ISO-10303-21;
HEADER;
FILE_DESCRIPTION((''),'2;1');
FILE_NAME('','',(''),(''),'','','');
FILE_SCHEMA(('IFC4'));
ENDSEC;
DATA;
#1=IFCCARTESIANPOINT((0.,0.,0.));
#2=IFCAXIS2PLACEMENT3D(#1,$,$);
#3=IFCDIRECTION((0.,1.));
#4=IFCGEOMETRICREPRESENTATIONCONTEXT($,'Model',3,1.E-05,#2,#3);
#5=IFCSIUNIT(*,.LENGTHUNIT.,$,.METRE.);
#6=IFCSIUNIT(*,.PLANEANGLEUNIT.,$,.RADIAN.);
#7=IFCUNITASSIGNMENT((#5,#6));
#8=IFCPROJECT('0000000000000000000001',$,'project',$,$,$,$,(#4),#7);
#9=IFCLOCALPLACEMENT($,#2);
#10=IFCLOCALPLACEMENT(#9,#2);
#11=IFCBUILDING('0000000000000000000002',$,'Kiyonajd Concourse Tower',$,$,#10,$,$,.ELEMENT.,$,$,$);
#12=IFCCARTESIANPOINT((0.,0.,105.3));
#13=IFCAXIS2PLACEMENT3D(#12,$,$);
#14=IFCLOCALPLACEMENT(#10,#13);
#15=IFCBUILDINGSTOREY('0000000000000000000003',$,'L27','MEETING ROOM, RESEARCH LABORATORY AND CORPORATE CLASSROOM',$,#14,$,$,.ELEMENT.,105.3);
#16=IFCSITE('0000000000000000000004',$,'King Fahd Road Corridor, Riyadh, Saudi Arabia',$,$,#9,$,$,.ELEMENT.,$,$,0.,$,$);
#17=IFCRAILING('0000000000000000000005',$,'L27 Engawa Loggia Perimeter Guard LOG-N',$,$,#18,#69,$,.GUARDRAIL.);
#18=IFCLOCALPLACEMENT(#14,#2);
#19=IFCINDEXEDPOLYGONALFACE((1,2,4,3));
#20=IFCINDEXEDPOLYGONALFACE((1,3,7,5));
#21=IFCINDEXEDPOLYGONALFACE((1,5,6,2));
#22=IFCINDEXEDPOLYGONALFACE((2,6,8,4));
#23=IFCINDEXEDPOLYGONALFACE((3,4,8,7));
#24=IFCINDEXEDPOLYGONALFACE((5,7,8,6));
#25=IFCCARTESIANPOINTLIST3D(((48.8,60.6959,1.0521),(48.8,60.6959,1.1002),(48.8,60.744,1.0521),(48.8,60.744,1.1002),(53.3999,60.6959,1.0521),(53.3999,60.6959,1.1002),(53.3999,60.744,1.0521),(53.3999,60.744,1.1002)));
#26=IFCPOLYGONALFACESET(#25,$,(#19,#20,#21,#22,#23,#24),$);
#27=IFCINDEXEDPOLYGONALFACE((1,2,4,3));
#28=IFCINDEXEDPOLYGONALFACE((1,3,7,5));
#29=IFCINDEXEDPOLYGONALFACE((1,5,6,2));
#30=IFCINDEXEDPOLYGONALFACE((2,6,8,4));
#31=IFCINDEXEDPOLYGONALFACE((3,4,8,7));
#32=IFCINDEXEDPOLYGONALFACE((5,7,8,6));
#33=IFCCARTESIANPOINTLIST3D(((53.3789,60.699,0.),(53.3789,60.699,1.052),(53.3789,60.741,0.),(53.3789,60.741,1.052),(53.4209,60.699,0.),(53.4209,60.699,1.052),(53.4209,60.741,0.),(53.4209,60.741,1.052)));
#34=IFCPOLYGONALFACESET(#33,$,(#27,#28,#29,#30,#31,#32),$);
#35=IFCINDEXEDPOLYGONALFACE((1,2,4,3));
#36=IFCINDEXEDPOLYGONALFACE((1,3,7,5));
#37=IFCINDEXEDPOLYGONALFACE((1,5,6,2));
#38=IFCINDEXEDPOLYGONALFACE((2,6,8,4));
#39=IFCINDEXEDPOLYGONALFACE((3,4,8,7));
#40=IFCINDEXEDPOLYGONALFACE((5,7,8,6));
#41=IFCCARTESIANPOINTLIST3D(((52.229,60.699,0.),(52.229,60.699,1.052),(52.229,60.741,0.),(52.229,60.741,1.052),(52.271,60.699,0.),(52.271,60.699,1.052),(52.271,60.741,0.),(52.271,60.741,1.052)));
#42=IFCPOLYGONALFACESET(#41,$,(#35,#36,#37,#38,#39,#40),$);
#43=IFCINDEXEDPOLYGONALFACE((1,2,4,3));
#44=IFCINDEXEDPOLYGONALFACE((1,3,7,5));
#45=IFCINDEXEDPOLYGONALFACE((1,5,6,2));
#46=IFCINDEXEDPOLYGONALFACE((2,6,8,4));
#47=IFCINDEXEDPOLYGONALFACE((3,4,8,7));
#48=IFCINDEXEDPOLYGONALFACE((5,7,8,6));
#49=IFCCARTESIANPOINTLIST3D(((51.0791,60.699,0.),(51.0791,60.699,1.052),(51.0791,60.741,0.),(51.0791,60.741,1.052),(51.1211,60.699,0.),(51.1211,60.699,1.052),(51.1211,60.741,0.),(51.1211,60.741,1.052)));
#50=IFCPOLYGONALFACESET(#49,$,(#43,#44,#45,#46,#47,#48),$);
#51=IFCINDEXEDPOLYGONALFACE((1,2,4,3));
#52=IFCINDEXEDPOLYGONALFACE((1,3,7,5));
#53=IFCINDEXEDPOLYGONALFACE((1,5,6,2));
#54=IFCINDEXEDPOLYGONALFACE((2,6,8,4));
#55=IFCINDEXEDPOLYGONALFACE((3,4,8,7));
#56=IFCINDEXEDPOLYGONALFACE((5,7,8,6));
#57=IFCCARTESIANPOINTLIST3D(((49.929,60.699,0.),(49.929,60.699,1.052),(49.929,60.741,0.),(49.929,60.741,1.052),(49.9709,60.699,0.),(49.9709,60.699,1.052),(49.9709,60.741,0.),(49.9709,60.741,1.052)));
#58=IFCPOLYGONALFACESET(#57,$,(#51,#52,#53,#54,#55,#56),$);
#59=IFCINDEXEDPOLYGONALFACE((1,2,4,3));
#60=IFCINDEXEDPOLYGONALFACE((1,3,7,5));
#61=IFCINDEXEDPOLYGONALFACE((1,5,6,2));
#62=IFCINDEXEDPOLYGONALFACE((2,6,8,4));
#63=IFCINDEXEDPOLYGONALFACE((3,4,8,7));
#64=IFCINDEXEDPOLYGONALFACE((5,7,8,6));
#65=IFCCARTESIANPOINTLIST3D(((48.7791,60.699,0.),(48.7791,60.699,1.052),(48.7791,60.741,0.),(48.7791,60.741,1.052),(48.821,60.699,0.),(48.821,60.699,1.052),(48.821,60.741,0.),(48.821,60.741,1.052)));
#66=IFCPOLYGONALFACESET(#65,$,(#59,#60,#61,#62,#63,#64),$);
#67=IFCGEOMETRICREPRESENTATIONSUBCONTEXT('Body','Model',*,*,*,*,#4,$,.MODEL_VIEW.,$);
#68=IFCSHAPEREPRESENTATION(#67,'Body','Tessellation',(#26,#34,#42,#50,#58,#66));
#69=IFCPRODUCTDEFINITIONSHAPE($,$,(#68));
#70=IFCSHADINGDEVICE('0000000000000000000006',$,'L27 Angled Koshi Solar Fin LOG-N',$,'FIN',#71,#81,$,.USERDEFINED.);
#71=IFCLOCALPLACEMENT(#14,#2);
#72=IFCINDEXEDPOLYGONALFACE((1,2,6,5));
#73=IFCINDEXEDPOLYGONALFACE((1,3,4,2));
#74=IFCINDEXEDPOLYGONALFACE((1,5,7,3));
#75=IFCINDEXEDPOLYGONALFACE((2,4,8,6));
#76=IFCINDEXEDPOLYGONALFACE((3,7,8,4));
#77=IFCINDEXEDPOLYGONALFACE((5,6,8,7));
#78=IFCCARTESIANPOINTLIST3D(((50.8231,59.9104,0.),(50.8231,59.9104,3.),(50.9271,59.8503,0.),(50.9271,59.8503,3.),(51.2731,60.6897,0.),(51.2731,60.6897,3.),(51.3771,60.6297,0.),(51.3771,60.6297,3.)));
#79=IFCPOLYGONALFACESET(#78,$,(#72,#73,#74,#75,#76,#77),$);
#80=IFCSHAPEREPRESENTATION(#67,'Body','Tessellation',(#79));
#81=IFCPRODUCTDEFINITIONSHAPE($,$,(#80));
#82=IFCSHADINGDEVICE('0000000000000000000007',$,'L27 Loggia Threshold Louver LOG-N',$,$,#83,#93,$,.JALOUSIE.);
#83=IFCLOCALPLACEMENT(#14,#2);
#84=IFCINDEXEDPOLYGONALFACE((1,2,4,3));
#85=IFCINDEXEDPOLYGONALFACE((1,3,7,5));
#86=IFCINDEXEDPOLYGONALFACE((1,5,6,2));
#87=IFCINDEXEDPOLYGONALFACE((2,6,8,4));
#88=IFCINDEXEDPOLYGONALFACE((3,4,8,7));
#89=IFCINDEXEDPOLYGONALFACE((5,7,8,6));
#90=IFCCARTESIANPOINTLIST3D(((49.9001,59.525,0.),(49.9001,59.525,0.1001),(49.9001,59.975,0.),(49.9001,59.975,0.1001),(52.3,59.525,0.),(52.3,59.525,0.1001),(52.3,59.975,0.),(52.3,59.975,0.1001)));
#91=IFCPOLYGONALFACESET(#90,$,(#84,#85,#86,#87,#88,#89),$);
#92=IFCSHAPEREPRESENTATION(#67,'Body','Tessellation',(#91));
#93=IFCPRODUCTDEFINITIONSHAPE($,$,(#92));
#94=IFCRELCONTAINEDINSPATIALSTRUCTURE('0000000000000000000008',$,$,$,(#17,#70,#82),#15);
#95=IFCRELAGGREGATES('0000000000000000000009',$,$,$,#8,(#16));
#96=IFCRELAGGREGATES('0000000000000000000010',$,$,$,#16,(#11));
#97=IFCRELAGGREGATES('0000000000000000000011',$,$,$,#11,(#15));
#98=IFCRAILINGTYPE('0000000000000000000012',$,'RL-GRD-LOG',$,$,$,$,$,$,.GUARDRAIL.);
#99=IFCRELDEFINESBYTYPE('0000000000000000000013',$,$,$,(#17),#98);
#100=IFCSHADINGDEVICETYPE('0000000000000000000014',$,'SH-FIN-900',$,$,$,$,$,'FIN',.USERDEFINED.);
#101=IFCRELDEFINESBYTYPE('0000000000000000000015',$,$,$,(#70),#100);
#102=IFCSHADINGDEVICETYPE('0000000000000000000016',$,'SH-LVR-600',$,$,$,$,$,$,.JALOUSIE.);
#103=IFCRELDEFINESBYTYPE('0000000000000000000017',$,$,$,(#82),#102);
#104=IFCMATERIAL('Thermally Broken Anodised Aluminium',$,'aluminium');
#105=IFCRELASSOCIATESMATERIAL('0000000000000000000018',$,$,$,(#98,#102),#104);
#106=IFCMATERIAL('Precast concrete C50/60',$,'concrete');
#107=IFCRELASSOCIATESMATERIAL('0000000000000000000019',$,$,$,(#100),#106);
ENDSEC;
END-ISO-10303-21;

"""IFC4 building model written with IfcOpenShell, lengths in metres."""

from ifc_helpers import new_model, si_unit, direction, frame, origin, origin_2d, place, context, subcontext, project, spatial, rectangle, extrude, material, type_object, element, save


model = new_model("IFC4")

# Units and contexts
model_context = context("Model", 3, precision=1e-05, world=origin(), true_north=direction((0.0, 1.0)))
body_context = subcontext(model_context, "Body", "Model", "MODEL_VIEW")
ifc_project = project(units=[si_unit("LENGTHUNIT", "METRE"), si_unit("PLANEANGLEUNIT", "RADIAN")], contexts=[model_context])

# Site, building, storey
site_placement = place(None, origin())
site = spatial("IfcSite", under=ifc_project, at=site_placement, Name="King Fahd Road Corridor, Riyadh, Saudi Arabia", CompositionType="ELEMENT", RefElevation=0.0)
building_placement = place(site_placement, origin())
building = spatial("IfcBuilding", under=site, at=building_placement, Name="Kiyonajd Concourse Tower", CompositionType="ELEMENT")
storey_placement = place(building_placement, frame((0.0, 0.0, 105.3)))
storey = spatial("IfcBuildingStorey", under=building, at=storey_placement, Name="L27", Description="MEETING ROOM, RESEARCH LABORATORY AND CORPORATE CLASSROOM", CompositionType="ELEMENT", Elevation=105.3)

# Shared definitions
ifc_material_1 = material(Name="Precast concrete C50/60", Category="concrete")

# Shared definitions
ifc_material_2 = material(Name="Thermally Broken Anodised Aluminium", Category="aluminium")

# Railing
railing_type = type_object("IfcRailingType", Name="RL-GRD-LOG", PredefinedType="GUARDRAIL", material=ifc_material_2)
railing_placement = place(storey_placement, frame((53.3999, 60.72, 0.0)))
element("IfcRailing", 1, at=railing_placement, inside=storey, type_object=railing_type, Name="L27 Engawa Loggia Perimeter Guard LOG-N", PredefinedType="GUARDRAIL", context=body_context, shape_type="SweptSolid", body=[
    extrude(rectangle(XDim=0.0481, YDim=0.0481, at=origin_2d()), frame((0.0, 0.0, 1.0762), z_axis=(-1.0, 0.0, 0.0), x_axis=(0.0, -1.0, 0.0)), (0.0, 0.0, 1.0), 4.5999),
    extrude(rectangle(XDim=0.042, YDim=0.042, at=origin_2d()), origin(), (0.0, 0.0, 1.0), 1.052),
    extrude(rectangle(XDim=0.042, YDim=0.042, at=origin_2d()), frame((-1.1499, 0.0, 0.0)), (0.0, 0.0, 1.0), 1.052),
    extrude(rectangle(XDim=0.042, YDim=0.042, at=origin_2d()), frame((-2.2998, 0.0, 0.0)), (0.0, 0.0, 1.0), 1.052),
    extrude(rectangle(XDim=0.042, YDim=0.042, at=origin_2d()), frame((-3.45, 0.0, 0.0)), (0.0, 0.0, 1.0), 1.052),
    extrude(rectangle(XDim=0.042, YDim=0.042, at=origin_2d()), frame((-4.5999, 0.0, 0.0)), (0.0, 0.0, 1.0), 1.052),
])

# Shading devices
shading_device_type_1 = type_object("IfcShadingDeviceType", Name="SH-FIN-900", ElementType="FIN", PredefinedType="USERDEFINED", material=ifc_material_1)
shading_device_1_placement = place(storey_placement, frame((51.1001, 60.27, 0.0), z_axis=(0.0, 0.0, 1.0), x_axis=(0.5, 0.866025, 0.0)))
element("IfcShadingDevice", 2, at=shading_device_1_placement, inside=storey, type_object=shading_device_type_1, Name="L27 Angled Koshi Solar Fin LOG-N", ObjectType="FIN", PredefinedType="USERDEFINED", context=body_context, shape_type="SweptSolid", body=[
    extrude(rectangle(XDim=0.8999, YDim=0.1201, at=origin_2d()), origin(), (0.0, 0.0, 1.0), 3.0),
])
shading_device_type_2 = type_object("IfcShadingDeviceType", Name="SH-LVR-600", PredefinedType="JALOUSIE", material=ifc_material_2)
shading_device_2_placement = place(storey_placement, frame((51.1001, 59.75, 0.0), z_axis=(0.0, 0.0, 1.0), x_axis=(1.0, 0.0, 0.0)))
element("IfcShadingDevice", 3, at=shading_device_2_placement, inside=storey, type_object=shading_device_type_2, Name="L27 Loggia Threshold Louver LOG-N", PredefinedType="JALOUSIE", context=body_context, shape_type="SweptSolid", body=[
    extrude(rectangle(XDim=2.3999, YDim=0.45, at=origin_2d()), origin(), (0.0, 0.0, 1.0), 0.1001),
])

save(model, "model.ifc")
